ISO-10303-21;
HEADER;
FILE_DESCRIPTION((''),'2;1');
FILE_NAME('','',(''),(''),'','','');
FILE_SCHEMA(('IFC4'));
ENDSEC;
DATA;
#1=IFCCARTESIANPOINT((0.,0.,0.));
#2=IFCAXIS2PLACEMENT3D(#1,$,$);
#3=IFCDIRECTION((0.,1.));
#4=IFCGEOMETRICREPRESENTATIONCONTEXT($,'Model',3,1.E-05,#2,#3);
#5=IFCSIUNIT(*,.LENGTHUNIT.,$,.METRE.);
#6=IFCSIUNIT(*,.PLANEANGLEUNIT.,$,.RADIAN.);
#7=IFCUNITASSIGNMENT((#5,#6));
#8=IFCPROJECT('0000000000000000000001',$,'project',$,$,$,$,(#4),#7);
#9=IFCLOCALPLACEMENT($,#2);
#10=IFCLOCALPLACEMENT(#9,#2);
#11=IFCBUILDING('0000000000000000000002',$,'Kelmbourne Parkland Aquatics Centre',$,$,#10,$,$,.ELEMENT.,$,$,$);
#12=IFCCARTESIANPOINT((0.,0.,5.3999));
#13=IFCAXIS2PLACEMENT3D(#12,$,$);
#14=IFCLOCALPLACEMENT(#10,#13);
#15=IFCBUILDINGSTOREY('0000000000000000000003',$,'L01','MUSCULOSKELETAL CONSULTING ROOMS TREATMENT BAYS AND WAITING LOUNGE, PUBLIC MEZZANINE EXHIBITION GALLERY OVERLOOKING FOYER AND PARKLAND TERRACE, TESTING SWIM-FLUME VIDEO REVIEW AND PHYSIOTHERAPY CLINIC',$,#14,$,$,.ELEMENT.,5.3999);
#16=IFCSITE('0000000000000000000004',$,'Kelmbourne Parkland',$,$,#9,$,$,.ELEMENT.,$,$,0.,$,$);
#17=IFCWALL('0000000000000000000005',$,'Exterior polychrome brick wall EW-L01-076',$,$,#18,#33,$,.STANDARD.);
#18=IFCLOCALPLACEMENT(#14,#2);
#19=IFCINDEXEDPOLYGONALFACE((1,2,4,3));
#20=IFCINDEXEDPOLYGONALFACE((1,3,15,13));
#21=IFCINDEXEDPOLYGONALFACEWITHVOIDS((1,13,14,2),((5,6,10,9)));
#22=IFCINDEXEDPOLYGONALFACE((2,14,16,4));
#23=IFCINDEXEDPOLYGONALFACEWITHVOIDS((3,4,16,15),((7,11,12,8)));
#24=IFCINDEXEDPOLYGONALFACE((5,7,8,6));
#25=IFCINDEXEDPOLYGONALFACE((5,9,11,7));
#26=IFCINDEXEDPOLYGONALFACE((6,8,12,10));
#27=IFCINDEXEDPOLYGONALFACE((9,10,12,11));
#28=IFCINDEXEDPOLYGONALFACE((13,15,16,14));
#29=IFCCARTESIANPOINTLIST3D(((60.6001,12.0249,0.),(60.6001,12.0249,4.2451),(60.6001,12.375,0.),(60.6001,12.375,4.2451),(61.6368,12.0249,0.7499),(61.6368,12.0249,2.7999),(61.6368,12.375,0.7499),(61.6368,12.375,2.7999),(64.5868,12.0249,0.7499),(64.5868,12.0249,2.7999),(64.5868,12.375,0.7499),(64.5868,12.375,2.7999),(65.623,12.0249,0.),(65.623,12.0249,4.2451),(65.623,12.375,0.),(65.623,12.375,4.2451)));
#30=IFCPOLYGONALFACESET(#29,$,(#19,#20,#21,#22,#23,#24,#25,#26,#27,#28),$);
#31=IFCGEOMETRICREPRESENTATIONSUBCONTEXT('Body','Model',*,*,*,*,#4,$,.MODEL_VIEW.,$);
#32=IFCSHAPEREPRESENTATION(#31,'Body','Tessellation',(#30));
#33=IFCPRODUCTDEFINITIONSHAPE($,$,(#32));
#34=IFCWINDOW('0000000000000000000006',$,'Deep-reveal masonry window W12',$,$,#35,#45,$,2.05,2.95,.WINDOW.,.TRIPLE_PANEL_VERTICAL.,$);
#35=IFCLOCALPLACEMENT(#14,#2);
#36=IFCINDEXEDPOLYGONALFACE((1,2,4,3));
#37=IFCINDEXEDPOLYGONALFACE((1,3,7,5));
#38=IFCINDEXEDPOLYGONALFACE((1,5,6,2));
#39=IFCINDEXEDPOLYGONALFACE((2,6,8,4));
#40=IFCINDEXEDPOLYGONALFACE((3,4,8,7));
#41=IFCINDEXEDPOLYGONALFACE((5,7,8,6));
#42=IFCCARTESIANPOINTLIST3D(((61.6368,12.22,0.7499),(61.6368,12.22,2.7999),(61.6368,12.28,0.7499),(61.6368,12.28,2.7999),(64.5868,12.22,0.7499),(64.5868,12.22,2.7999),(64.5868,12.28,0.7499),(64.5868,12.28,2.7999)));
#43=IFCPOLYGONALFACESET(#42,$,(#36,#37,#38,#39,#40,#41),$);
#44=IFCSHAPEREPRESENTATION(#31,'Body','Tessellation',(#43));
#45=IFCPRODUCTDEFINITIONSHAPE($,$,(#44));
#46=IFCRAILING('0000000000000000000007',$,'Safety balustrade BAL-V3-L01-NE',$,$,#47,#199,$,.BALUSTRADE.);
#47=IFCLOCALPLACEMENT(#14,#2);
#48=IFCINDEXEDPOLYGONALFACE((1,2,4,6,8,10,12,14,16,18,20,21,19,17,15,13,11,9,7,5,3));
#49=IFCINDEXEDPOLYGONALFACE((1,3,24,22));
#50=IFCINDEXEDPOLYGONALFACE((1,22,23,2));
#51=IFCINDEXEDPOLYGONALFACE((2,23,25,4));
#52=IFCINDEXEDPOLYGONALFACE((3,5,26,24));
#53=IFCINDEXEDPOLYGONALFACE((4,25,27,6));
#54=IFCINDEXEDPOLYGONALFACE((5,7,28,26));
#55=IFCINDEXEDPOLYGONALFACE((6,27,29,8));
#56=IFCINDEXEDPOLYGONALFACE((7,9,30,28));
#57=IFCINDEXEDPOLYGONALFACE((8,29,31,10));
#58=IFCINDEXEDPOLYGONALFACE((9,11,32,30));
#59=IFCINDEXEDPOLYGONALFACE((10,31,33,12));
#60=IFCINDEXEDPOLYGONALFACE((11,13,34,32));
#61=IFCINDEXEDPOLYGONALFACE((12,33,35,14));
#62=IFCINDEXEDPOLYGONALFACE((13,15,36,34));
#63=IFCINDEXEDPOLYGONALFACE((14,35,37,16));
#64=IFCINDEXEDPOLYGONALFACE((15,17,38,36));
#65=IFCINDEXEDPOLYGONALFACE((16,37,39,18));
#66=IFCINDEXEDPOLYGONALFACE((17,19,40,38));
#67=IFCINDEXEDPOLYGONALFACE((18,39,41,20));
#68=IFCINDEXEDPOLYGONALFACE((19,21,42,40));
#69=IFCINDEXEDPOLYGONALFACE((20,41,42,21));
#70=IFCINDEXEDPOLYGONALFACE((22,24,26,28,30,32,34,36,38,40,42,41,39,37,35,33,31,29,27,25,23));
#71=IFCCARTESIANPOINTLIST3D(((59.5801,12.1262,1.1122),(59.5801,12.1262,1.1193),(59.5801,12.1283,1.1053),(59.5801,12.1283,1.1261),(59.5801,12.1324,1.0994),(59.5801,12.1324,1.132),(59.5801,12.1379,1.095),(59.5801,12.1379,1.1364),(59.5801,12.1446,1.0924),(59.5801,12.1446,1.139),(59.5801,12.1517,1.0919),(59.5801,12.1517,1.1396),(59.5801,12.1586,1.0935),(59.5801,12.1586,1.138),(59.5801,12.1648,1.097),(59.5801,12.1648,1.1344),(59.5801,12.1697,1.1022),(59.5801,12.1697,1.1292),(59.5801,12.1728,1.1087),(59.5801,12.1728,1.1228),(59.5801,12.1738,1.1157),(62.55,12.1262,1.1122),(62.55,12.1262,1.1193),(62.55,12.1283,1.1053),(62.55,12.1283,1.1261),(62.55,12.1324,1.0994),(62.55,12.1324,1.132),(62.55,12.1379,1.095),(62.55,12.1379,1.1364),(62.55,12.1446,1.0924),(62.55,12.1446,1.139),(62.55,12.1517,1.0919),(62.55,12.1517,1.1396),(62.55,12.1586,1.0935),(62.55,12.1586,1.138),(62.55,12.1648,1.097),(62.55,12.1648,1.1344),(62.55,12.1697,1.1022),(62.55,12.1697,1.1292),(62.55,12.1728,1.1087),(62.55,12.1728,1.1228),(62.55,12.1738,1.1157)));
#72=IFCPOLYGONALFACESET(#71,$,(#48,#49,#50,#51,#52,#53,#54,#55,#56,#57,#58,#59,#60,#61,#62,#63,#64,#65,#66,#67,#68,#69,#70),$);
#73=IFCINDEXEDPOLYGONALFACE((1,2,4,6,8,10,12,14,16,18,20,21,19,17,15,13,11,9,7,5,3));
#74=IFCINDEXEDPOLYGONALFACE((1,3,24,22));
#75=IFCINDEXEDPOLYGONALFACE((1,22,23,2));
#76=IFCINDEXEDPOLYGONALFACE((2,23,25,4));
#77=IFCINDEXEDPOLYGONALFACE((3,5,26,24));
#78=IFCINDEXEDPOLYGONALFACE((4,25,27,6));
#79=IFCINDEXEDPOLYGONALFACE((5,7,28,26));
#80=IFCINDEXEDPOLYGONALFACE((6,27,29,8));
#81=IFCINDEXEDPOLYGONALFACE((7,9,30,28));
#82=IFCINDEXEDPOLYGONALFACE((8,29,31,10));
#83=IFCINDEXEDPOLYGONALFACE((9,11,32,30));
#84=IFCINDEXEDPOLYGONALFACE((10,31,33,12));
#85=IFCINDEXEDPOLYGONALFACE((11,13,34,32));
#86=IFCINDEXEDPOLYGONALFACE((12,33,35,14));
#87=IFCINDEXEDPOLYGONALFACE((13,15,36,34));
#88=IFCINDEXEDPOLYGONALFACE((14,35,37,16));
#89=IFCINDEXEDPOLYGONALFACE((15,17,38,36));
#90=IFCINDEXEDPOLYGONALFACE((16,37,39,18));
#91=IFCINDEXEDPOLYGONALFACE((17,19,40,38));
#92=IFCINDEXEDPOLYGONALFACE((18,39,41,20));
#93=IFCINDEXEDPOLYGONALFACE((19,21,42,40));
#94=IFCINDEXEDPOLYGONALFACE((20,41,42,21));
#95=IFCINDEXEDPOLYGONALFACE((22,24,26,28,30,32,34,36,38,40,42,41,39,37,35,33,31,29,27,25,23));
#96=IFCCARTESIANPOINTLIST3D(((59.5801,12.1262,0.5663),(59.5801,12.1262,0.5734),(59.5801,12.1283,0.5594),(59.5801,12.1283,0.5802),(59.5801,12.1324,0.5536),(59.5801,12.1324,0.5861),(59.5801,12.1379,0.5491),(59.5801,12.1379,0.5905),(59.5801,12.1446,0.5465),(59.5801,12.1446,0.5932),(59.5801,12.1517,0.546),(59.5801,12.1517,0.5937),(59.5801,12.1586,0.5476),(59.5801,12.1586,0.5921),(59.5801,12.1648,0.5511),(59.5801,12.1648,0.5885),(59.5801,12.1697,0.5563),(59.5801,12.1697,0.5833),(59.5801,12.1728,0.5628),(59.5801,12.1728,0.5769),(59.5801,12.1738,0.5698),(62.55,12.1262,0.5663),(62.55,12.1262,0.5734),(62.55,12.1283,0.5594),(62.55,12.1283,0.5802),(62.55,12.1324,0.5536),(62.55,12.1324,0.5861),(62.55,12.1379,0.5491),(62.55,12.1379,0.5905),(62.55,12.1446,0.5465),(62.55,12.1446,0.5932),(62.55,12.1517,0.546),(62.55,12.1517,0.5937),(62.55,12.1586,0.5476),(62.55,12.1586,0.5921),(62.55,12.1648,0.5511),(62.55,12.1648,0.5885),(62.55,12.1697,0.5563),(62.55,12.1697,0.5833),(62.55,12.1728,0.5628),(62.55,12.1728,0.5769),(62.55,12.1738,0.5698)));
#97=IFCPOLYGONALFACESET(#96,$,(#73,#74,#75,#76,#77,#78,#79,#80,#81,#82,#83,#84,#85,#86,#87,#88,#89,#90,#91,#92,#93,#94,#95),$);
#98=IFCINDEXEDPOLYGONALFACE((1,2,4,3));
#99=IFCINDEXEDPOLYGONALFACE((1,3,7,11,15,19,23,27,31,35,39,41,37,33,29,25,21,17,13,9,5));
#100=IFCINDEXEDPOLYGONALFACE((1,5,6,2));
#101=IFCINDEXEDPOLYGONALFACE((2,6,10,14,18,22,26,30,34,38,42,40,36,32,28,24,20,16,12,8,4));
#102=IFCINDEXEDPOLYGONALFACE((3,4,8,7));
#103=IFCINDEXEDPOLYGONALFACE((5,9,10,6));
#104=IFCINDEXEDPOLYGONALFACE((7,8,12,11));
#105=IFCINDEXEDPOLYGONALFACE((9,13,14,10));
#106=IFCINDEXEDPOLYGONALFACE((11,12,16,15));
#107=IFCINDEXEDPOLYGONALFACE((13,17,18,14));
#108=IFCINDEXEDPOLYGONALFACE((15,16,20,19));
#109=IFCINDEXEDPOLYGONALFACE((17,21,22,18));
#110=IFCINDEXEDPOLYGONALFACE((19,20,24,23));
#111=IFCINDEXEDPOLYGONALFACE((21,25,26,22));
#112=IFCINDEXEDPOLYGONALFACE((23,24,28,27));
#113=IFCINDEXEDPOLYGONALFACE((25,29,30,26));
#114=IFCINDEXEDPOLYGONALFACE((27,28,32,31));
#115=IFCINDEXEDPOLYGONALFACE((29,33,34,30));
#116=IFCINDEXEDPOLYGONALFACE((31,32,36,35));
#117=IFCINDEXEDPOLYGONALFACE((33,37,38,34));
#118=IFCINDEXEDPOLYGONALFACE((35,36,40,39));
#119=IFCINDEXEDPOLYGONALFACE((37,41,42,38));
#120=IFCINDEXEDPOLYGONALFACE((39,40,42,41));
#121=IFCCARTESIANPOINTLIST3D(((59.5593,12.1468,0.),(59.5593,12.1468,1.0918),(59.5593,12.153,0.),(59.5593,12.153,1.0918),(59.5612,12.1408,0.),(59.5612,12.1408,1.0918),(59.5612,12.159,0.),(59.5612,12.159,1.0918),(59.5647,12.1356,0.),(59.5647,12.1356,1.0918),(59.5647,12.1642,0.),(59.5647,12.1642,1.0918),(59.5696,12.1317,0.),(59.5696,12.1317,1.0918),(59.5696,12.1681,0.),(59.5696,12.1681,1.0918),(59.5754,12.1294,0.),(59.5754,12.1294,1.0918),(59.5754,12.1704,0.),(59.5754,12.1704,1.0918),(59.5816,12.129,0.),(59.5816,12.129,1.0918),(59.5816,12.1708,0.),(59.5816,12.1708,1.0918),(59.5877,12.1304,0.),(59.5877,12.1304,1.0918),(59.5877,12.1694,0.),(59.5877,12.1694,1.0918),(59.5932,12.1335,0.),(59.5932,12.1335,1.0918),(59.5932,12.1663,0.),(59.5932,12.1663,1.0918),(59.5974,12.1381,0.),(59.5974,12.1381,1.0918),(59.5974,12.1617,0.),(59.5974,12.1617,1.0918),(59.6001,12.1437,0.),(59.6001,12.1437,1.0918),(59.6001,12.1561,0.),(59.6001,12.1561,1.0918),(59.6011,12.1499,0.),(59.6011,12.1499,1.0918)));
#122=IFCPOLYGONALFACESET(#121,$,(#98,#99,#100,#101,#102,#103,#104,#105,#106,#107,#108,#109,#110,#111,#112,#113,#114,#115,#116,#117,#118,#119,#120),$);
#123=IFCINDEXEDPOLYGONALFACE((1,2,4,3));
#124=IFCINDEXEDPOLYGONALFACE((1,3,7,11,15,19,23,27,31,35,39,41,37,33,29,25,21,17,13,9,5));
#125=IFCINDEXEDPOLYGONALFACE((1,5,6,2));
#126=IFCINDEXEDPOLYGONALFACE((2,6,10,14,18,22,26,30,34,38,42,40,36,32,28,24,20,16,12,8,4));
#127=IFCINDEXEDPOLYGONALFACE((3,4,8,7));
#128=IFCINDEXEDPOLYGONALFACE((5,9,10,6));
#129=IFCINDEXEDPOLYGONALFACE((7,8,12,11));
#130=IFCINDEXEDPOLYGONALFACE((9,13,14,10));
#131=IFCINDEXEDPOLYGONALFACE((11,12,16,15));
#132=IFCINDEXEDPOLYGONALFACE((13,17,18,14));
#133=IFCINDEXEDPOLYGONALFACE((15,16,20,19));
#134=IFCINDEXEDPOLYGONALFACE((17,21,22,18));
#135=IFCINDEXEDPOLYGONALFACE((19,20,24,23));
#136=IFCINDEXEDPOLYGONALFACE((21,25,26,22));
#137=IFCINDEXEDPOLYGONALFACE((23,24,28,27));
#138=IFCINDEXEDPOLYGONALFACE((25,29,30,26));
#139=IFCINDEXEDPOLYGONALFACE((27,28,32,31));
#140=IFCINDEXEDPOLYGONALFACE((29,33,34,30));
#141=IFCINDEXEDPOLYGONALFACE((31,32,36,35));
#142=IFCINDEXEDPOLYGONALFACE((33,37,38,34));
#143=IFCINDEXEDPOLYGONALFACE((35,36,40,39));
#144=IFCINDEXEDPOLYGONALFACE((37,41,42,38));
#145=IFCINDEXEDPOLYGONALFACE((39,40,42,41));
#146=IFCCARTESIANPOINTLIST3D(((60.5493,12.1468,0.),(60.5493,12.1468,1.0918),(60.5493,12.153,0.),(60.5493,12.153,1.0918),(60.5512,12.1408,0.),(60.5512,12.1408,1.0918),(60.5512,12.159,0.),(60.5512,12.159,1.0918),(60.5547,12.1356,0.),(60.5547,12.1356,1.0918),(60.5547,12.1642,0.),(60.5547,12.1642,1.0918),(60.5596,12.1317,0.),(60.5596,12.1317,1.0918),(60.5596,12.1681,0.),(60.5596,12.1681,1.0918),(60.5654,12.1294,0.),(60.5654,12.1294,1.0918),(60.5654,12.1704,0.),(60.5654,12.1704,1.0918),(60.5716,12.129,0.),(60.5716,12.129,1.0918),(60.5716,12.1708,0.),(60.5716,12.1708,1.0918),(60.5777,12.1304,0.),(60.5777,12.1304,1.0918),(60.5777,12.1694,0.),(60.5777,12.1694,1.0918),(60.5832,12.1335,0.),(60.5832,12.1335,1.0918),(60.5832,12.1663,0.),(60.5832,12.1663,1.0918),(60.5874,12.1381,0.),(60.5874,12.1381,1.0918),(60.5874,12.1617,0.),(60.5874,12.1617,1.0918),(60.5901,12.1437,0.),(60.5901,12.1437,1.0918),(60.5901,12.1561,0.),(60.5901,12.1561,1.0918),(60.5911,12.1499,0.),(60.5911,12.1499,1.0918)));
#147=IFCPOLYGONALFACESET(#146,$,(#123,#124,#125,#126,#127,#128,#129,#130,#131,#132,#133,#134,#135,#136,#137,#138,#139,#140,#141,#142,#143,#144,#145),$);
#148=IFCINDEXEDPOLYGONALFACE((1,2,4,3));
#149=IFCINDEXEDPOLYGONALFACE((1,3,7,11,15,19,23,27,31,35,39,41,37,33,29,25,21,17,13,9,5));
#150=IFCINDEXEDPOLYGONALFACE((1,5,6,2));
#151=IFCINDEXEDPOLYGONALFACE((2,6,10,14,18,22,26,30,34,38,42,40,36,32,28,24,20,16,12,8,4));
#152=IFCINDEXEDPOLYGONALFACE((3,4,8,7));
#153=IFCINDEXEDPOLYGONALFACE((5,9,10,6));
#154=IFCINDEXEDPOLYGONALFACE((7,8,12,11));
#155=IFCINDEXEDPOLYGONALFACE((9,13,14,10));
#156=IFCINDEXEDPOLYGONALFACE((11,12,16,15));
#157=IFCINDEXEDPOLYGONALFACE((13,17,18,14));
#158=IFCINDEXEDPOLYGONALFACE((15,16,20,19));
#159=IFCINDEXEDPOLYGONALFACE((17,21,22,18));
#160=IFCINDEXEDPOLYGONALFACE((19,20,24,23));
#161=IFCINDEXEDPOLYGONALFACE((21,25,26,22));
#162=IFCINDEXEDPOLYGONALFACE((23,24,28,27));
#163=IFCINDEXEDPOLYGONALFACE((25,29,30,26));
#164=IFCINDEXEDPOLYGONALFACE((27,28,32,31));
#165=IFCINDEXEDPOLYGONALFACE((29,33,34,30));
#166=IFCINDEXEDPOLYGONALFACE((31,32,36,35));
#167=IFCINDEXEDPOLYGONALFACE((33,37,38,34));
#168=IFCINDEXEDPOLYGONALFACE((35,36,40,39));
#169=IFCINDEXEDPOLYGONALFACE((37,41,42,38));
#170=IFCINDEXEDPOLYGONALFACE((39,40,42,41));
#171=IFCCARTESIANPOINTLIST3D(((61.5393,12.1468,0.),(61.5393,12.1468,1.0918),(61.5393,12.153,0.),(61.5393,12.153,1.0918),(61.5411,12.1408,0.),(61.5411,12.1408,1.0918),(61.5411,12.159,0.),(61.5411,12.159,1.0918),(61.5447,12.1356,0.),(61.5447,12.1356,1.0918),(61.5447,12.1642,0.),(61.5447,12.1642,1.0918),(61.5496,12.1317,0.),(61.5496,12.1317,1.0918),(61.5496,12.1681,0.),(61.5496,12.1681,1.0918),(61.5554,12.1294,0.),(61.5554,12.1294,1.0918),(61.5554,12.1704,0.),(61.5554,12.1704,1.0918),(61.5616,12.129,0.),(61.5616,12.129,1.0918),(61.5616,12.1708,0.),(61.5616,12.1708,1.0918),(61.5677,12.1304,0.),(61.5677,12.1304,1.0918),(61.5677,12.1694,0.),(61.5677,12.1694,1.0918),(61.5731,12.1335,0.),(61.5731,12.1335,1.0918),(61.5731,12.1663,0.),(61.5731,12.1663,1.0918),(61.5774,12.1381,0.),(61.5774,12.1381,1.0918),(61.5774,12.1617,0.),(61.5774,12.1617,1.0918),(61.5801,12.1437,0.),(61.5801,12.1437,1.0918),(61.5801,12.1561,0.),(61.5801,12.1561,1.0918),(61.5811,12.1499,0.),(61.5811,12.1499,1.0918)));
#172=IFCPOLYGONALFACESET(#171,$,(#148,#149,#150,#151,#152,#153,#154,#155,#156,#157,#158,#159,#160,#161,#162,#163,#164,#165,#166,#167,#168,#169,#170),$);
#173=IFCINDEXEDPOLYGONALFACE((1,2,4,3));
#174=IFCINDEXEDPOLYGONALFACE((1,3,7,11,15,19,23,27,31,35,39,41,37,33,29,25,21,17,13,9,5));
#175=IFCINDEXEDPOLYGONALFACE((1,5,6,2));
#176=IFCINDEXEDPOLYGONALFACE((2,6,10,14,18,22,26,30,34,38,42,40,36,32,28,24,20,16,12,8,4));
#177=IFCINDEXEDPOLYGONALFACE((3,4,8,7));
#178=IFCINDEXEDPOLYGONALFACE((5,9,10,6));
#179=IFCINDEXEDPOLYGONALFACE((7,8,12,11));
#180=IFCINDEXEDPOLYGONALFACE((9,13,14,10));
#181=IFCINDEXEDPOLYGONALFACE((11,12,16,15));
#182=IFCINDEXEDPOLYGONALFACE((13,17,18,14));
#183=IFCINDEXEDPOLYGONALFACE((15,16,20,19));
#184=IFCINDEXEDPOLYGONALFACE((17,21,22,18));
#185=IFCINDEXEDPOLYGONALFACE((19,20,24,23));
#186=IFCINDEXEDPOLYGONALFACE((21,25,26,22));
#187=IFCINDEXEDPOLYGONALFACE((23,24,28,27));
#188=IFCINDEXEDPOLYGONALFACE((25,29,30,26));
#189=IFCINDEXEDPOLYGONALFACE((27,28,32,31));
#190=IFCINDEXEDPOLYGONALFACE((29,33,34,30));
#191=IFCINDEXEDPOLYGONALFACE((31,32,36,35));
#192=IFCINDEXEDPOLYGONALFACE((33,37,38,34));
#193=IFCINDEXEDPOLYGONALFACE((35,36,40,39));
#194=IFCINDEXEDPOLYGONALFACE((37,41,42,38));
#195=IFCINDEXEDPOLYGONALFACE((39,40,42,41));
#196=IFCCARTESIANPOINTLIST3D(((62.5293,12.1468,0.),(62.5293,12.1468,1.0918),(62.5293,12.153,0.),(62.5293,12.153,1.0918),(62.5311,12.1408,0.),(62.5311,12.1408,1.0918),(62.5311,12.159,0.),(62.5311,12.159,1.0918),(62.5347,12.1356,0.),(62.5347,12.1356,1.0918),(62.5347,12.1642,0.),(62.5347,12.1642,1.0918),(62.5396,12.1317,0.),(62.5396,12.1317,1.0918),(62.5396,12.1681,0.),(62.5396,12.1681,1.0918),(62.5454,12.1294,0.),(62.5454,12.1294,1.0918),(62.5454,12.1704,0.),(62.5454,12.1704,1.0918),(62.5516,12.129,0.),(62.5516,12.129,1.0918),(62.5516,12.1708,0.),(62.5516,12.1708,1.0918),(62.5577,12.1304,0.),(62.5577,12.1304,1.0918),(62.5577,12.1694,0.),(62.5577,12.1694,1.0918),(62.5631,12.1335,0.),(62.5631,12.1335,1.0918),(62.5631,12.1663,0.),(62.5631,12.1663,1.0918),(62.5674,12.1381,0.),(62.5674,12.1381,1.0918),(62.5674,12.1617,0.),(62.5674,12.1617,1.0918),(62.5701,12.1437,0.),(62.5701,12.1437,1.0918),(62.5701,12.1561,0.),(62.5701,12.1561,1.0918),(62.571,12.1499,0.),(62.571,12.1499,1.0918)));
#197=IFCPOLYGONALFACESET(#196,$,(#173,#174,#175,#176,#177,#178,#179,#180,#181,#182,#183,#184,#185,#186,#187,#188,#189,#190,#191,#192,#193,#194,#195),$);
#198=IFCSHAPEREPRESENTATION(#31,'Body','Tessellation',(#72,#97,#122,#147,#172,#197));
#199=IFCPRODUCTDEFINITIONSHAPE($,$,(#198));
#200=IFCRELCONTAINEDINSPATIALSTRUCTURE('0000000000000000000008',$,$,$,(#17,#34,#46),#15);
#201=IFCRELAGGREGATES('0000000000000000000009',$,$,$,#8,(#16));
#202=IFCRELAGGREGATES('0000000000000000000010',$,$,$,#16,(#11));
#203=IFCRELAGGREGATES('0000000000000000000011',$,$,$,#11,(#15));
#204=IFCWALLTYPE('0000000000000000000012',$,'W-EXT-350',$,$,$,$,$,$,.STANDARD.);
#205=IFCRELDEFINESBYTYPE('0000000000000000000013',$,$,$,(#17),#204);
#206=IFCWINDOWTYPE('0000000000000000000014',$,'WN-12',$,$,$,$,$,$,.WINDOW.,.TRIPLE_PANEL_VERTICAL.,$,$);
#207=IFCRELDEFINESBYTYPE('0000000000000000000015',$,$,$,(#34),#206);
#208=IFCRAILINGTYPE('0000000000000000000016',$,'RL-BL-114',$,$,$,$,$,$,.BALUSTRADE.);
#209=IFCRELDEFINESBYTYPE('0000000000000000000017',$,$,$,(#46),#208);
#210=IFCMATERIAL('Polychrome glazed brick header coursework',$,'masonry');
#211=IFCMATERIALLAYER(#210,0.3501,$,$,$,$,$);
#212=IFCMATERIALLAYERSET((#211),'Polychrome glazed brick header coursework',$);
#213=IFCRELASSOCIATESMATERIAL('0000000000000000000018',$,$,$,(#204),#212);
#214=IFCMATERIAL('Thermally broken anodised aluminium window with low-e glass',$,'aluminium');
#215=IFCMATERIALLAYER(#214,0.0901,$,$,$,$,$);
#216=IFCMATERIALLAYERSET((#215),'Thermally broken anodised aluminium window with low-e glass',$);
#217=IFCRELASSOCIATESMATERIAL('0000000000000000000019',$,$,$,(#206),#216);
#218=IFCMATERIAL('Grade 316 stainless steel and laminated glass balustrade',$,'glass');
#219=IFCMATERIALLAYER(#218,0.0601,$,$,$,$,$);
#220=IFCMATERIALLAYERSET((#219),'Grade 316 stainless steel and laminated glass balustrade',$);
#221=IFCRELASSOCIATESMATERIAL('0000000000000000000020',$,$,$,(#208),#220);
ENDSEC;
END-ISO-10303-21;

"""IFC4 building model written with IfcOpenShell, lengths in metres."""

from ifc_helpers import new_model, si_unit, direction, frame, frame_2d, origin, origin_2d, place, context, subcontext, project, spatial, rectangle, circle, extrude, material, layer, layer_set, type_object, element, fill, save


model = new_model("IFC4")

# Units and contexts
model_context = context("Model", 3, precision=1e-05, world=origin(), true_north=direction((0.0, 1.0)))
body_context = subcontext(model_context, "Body", "Model", "MODEL_VIEW")
ifc_project = project(units=[si_unit("LENGTHUNIT", "METRE"), si_unit("PLANEANGLEUNIT", "RADIAN")], contexts=[model_context])

# Site, building, storey
site_placement = place(None, origin())
site = spatial("IfcSite", under=ifc_project, at=site_placement, Name="Kelmbourne Parkland", CompositionType="ELEMENT", RefElevation=0.0)
building_placement = place(site_placement, origin())
building = spatial("IfcBuilding", under=site, at=building_placement, Name="Kelmbourne Parkland Aquatics Centre", CompositionType="ELEMENT")
storey_placement = place(building_placement, frame((0.0, 0.0, 5.3999)))
storey = spatial("IfcBuildingStorey", under=building, at=storey_placement, Name="L01", Description="MUSCULOSKELETAL CONSULTING ROOMS TREATMENT BAYS AND WAITING LOUNGE, PUBLIC MEZZANINE EXHIBITION GALLERY OVERLOOKING FOYER AND PARKLAND TERRACE, TESTING SWIM-FLUME VIDEO REVIEW AND PHYSIOTHERAPY CLINIC", CompositionType="ELEMENT", Elevation=5.3999)

# Wall, opening, window
ifc_material_1 = material(Name="Polychrome glazed brick header coursework", Category="masonry")
ifc_layer_1 = layer(ifc_material_1, 0.3501)
ifc_layer_set_1 = layer_set([ifc_layer_1], Name="Polychrome glazed brick header coursework")
wall_type_1 = type_object("IfcWallType", Name="W-EXT-350", PredefinedType="STANDARD", material=ifc_layer_set_1)
wall_1_placement = place(storey_placement, frame((60.6001, 12.2, 0.0), z_axis=(0.0, 0.0, 1.0), x_axis=(1.0, 0.0, 0.0)))
wall_1 = element("IfcWall", 1, at=wall_1_placement, inside=storey, type_object=wall_type_1, Name="Exterior polychrome brick wall EW-L01-076", PredefinedType="STANDARD", context=body_context, shape_type="SweptSolid", body=[
    extrude(rectangle(XDim=5.0229, YDim=0.3501, at=frame_2d((2.5115, 0.0))), origin(), (0.0, 0.0, 1.0), 4.2451),
])
opening_1_placement = place(wall_1_placement, frame((1.0366, 0.0, 0.75)))
opening_1 = element("IfcOpeningElement", 2, at=opening_1_placement, cuts=wall_1, PredefinedType="OPENING", context=body_context, shape_type="SweptSolid", body=[
    extrude(rectangle(XDim=2.95, YDim=2.05, at=frame_2d((1.4751, 1.0249))), frame((0.0, 0.187, 0.0), z_axis=(0.0, -1.0, 0.0), x_axis=(1.0, 0.0, 0.0)), (0.0, 0.0, 1.0), 0.374),
])
ifc_material_2 = material(Name="Thermally broken anodised aluminium window with low-e glass", Category="aluminium")
ifc_layer_2 = layer(ifc_material_2, 0.0901)
ifc_layer_set_2 = layer_set([ifc_layer_2], Name="Thermally broken anodised aluminium window with low-e glass")
window_type = type_object("IfcWindowType", Name="WN-12", PartitioningType="TRIPLE_PANEL_VERTICAL", PredefinedType="WINDOW", material=ifc_layer_set_2)
window_placement = place(opening_1_placement, origin())
window = element("IfcWindow", 3, at=window_placement, inside=storey, type_object=window_type, Name="Deep-reveal masonry window W12", OverallHeight=2.05, OverallWidth=2.95, PartitioningType="TRIPLE_PANEL_VERTICAL", PredefinedType="WINDOW", context=body_context, shape_type="SweptSolid", body=[
    extrude(rectangle(XDim=2.95, YDim=2.05, at=frame_2d((1.4751, 1.0249))), frame((0.0, 0.0801, 0.0), z_axis=(0.0, -1.0, 0.0), x_axis=(1.0, 0.0, 0.0)), (0.0, 0.0, 1.0), 0.0601),
])
fill(opening_1, window)

# Railing
ifc_material_3 = material(Name="Grade 316 stainless steel and laminated glass balustrade", Category="glass")
ifc_layer_3 = layer(ifc_material_3, 0.0601)
ifc_layer_set_3 = layer_set([ifc_layer_3], Name="Grade 316 stainless steel and laminated glass balustrade")
railing_type = type_object("IfcRailingType", Name="RL-BL-114", PredefinedType="BALUSTRADE", material=ifc_layer_set_3)
railing_1_placement = place(storey_placement, frame((59.5801, 12.1499, 0.0)))
element("IfcRailing", 4, at=railing_1_placement, inside=storey, type_object=railing_type, Name="Safety balustrade BAL-V3-L01-NE", PredefinedType="BALUSTRADE", context=body_context, shape_type="SweptSolid", body=[
    extrude(circle(Radius=0.0239, at=origin_2d()), frame((0.0, 0.0, 1.1157), z_axis=(1.0, 0.0, 0.0), x_axis=(0.0, 1.0, 0.0)), (0.0, 0.0, 1.0), 2.97),
    extrude(circle(Radius=0.0239, at=origin_2d()), frame((0.0, 0.0, 0.5698), z_axis=(1.0, 0.0, 0.0), x_axis=(0.0, 1.0, 0.0)), (0.0, 0.0, 1.0), 2.97),
    extrude(circle(Radius=0.021, at=origin_2d()), origin(), (0.0, 0.0, 1.0), 1.0918),
    extrude(circle(Radius=0.021, at=origin_2d()), frame((0.99, 0.0, 0.0)), (0.0, 0.0, 1.0), 1.0918),
    extrude(circle(Radius=0.021, at=origin_2d()), frame((1.98, 0.0, 0.0)), (0.0, 0.0, 1.0), 1.0918),
    extrude(circle(Radius=0.021, at=origin_2d()), frame((2.97, 0.0, 0.0)), (0.0, 0.0, 1.0), 1.0918),
])

save(model, "model.ifc")
